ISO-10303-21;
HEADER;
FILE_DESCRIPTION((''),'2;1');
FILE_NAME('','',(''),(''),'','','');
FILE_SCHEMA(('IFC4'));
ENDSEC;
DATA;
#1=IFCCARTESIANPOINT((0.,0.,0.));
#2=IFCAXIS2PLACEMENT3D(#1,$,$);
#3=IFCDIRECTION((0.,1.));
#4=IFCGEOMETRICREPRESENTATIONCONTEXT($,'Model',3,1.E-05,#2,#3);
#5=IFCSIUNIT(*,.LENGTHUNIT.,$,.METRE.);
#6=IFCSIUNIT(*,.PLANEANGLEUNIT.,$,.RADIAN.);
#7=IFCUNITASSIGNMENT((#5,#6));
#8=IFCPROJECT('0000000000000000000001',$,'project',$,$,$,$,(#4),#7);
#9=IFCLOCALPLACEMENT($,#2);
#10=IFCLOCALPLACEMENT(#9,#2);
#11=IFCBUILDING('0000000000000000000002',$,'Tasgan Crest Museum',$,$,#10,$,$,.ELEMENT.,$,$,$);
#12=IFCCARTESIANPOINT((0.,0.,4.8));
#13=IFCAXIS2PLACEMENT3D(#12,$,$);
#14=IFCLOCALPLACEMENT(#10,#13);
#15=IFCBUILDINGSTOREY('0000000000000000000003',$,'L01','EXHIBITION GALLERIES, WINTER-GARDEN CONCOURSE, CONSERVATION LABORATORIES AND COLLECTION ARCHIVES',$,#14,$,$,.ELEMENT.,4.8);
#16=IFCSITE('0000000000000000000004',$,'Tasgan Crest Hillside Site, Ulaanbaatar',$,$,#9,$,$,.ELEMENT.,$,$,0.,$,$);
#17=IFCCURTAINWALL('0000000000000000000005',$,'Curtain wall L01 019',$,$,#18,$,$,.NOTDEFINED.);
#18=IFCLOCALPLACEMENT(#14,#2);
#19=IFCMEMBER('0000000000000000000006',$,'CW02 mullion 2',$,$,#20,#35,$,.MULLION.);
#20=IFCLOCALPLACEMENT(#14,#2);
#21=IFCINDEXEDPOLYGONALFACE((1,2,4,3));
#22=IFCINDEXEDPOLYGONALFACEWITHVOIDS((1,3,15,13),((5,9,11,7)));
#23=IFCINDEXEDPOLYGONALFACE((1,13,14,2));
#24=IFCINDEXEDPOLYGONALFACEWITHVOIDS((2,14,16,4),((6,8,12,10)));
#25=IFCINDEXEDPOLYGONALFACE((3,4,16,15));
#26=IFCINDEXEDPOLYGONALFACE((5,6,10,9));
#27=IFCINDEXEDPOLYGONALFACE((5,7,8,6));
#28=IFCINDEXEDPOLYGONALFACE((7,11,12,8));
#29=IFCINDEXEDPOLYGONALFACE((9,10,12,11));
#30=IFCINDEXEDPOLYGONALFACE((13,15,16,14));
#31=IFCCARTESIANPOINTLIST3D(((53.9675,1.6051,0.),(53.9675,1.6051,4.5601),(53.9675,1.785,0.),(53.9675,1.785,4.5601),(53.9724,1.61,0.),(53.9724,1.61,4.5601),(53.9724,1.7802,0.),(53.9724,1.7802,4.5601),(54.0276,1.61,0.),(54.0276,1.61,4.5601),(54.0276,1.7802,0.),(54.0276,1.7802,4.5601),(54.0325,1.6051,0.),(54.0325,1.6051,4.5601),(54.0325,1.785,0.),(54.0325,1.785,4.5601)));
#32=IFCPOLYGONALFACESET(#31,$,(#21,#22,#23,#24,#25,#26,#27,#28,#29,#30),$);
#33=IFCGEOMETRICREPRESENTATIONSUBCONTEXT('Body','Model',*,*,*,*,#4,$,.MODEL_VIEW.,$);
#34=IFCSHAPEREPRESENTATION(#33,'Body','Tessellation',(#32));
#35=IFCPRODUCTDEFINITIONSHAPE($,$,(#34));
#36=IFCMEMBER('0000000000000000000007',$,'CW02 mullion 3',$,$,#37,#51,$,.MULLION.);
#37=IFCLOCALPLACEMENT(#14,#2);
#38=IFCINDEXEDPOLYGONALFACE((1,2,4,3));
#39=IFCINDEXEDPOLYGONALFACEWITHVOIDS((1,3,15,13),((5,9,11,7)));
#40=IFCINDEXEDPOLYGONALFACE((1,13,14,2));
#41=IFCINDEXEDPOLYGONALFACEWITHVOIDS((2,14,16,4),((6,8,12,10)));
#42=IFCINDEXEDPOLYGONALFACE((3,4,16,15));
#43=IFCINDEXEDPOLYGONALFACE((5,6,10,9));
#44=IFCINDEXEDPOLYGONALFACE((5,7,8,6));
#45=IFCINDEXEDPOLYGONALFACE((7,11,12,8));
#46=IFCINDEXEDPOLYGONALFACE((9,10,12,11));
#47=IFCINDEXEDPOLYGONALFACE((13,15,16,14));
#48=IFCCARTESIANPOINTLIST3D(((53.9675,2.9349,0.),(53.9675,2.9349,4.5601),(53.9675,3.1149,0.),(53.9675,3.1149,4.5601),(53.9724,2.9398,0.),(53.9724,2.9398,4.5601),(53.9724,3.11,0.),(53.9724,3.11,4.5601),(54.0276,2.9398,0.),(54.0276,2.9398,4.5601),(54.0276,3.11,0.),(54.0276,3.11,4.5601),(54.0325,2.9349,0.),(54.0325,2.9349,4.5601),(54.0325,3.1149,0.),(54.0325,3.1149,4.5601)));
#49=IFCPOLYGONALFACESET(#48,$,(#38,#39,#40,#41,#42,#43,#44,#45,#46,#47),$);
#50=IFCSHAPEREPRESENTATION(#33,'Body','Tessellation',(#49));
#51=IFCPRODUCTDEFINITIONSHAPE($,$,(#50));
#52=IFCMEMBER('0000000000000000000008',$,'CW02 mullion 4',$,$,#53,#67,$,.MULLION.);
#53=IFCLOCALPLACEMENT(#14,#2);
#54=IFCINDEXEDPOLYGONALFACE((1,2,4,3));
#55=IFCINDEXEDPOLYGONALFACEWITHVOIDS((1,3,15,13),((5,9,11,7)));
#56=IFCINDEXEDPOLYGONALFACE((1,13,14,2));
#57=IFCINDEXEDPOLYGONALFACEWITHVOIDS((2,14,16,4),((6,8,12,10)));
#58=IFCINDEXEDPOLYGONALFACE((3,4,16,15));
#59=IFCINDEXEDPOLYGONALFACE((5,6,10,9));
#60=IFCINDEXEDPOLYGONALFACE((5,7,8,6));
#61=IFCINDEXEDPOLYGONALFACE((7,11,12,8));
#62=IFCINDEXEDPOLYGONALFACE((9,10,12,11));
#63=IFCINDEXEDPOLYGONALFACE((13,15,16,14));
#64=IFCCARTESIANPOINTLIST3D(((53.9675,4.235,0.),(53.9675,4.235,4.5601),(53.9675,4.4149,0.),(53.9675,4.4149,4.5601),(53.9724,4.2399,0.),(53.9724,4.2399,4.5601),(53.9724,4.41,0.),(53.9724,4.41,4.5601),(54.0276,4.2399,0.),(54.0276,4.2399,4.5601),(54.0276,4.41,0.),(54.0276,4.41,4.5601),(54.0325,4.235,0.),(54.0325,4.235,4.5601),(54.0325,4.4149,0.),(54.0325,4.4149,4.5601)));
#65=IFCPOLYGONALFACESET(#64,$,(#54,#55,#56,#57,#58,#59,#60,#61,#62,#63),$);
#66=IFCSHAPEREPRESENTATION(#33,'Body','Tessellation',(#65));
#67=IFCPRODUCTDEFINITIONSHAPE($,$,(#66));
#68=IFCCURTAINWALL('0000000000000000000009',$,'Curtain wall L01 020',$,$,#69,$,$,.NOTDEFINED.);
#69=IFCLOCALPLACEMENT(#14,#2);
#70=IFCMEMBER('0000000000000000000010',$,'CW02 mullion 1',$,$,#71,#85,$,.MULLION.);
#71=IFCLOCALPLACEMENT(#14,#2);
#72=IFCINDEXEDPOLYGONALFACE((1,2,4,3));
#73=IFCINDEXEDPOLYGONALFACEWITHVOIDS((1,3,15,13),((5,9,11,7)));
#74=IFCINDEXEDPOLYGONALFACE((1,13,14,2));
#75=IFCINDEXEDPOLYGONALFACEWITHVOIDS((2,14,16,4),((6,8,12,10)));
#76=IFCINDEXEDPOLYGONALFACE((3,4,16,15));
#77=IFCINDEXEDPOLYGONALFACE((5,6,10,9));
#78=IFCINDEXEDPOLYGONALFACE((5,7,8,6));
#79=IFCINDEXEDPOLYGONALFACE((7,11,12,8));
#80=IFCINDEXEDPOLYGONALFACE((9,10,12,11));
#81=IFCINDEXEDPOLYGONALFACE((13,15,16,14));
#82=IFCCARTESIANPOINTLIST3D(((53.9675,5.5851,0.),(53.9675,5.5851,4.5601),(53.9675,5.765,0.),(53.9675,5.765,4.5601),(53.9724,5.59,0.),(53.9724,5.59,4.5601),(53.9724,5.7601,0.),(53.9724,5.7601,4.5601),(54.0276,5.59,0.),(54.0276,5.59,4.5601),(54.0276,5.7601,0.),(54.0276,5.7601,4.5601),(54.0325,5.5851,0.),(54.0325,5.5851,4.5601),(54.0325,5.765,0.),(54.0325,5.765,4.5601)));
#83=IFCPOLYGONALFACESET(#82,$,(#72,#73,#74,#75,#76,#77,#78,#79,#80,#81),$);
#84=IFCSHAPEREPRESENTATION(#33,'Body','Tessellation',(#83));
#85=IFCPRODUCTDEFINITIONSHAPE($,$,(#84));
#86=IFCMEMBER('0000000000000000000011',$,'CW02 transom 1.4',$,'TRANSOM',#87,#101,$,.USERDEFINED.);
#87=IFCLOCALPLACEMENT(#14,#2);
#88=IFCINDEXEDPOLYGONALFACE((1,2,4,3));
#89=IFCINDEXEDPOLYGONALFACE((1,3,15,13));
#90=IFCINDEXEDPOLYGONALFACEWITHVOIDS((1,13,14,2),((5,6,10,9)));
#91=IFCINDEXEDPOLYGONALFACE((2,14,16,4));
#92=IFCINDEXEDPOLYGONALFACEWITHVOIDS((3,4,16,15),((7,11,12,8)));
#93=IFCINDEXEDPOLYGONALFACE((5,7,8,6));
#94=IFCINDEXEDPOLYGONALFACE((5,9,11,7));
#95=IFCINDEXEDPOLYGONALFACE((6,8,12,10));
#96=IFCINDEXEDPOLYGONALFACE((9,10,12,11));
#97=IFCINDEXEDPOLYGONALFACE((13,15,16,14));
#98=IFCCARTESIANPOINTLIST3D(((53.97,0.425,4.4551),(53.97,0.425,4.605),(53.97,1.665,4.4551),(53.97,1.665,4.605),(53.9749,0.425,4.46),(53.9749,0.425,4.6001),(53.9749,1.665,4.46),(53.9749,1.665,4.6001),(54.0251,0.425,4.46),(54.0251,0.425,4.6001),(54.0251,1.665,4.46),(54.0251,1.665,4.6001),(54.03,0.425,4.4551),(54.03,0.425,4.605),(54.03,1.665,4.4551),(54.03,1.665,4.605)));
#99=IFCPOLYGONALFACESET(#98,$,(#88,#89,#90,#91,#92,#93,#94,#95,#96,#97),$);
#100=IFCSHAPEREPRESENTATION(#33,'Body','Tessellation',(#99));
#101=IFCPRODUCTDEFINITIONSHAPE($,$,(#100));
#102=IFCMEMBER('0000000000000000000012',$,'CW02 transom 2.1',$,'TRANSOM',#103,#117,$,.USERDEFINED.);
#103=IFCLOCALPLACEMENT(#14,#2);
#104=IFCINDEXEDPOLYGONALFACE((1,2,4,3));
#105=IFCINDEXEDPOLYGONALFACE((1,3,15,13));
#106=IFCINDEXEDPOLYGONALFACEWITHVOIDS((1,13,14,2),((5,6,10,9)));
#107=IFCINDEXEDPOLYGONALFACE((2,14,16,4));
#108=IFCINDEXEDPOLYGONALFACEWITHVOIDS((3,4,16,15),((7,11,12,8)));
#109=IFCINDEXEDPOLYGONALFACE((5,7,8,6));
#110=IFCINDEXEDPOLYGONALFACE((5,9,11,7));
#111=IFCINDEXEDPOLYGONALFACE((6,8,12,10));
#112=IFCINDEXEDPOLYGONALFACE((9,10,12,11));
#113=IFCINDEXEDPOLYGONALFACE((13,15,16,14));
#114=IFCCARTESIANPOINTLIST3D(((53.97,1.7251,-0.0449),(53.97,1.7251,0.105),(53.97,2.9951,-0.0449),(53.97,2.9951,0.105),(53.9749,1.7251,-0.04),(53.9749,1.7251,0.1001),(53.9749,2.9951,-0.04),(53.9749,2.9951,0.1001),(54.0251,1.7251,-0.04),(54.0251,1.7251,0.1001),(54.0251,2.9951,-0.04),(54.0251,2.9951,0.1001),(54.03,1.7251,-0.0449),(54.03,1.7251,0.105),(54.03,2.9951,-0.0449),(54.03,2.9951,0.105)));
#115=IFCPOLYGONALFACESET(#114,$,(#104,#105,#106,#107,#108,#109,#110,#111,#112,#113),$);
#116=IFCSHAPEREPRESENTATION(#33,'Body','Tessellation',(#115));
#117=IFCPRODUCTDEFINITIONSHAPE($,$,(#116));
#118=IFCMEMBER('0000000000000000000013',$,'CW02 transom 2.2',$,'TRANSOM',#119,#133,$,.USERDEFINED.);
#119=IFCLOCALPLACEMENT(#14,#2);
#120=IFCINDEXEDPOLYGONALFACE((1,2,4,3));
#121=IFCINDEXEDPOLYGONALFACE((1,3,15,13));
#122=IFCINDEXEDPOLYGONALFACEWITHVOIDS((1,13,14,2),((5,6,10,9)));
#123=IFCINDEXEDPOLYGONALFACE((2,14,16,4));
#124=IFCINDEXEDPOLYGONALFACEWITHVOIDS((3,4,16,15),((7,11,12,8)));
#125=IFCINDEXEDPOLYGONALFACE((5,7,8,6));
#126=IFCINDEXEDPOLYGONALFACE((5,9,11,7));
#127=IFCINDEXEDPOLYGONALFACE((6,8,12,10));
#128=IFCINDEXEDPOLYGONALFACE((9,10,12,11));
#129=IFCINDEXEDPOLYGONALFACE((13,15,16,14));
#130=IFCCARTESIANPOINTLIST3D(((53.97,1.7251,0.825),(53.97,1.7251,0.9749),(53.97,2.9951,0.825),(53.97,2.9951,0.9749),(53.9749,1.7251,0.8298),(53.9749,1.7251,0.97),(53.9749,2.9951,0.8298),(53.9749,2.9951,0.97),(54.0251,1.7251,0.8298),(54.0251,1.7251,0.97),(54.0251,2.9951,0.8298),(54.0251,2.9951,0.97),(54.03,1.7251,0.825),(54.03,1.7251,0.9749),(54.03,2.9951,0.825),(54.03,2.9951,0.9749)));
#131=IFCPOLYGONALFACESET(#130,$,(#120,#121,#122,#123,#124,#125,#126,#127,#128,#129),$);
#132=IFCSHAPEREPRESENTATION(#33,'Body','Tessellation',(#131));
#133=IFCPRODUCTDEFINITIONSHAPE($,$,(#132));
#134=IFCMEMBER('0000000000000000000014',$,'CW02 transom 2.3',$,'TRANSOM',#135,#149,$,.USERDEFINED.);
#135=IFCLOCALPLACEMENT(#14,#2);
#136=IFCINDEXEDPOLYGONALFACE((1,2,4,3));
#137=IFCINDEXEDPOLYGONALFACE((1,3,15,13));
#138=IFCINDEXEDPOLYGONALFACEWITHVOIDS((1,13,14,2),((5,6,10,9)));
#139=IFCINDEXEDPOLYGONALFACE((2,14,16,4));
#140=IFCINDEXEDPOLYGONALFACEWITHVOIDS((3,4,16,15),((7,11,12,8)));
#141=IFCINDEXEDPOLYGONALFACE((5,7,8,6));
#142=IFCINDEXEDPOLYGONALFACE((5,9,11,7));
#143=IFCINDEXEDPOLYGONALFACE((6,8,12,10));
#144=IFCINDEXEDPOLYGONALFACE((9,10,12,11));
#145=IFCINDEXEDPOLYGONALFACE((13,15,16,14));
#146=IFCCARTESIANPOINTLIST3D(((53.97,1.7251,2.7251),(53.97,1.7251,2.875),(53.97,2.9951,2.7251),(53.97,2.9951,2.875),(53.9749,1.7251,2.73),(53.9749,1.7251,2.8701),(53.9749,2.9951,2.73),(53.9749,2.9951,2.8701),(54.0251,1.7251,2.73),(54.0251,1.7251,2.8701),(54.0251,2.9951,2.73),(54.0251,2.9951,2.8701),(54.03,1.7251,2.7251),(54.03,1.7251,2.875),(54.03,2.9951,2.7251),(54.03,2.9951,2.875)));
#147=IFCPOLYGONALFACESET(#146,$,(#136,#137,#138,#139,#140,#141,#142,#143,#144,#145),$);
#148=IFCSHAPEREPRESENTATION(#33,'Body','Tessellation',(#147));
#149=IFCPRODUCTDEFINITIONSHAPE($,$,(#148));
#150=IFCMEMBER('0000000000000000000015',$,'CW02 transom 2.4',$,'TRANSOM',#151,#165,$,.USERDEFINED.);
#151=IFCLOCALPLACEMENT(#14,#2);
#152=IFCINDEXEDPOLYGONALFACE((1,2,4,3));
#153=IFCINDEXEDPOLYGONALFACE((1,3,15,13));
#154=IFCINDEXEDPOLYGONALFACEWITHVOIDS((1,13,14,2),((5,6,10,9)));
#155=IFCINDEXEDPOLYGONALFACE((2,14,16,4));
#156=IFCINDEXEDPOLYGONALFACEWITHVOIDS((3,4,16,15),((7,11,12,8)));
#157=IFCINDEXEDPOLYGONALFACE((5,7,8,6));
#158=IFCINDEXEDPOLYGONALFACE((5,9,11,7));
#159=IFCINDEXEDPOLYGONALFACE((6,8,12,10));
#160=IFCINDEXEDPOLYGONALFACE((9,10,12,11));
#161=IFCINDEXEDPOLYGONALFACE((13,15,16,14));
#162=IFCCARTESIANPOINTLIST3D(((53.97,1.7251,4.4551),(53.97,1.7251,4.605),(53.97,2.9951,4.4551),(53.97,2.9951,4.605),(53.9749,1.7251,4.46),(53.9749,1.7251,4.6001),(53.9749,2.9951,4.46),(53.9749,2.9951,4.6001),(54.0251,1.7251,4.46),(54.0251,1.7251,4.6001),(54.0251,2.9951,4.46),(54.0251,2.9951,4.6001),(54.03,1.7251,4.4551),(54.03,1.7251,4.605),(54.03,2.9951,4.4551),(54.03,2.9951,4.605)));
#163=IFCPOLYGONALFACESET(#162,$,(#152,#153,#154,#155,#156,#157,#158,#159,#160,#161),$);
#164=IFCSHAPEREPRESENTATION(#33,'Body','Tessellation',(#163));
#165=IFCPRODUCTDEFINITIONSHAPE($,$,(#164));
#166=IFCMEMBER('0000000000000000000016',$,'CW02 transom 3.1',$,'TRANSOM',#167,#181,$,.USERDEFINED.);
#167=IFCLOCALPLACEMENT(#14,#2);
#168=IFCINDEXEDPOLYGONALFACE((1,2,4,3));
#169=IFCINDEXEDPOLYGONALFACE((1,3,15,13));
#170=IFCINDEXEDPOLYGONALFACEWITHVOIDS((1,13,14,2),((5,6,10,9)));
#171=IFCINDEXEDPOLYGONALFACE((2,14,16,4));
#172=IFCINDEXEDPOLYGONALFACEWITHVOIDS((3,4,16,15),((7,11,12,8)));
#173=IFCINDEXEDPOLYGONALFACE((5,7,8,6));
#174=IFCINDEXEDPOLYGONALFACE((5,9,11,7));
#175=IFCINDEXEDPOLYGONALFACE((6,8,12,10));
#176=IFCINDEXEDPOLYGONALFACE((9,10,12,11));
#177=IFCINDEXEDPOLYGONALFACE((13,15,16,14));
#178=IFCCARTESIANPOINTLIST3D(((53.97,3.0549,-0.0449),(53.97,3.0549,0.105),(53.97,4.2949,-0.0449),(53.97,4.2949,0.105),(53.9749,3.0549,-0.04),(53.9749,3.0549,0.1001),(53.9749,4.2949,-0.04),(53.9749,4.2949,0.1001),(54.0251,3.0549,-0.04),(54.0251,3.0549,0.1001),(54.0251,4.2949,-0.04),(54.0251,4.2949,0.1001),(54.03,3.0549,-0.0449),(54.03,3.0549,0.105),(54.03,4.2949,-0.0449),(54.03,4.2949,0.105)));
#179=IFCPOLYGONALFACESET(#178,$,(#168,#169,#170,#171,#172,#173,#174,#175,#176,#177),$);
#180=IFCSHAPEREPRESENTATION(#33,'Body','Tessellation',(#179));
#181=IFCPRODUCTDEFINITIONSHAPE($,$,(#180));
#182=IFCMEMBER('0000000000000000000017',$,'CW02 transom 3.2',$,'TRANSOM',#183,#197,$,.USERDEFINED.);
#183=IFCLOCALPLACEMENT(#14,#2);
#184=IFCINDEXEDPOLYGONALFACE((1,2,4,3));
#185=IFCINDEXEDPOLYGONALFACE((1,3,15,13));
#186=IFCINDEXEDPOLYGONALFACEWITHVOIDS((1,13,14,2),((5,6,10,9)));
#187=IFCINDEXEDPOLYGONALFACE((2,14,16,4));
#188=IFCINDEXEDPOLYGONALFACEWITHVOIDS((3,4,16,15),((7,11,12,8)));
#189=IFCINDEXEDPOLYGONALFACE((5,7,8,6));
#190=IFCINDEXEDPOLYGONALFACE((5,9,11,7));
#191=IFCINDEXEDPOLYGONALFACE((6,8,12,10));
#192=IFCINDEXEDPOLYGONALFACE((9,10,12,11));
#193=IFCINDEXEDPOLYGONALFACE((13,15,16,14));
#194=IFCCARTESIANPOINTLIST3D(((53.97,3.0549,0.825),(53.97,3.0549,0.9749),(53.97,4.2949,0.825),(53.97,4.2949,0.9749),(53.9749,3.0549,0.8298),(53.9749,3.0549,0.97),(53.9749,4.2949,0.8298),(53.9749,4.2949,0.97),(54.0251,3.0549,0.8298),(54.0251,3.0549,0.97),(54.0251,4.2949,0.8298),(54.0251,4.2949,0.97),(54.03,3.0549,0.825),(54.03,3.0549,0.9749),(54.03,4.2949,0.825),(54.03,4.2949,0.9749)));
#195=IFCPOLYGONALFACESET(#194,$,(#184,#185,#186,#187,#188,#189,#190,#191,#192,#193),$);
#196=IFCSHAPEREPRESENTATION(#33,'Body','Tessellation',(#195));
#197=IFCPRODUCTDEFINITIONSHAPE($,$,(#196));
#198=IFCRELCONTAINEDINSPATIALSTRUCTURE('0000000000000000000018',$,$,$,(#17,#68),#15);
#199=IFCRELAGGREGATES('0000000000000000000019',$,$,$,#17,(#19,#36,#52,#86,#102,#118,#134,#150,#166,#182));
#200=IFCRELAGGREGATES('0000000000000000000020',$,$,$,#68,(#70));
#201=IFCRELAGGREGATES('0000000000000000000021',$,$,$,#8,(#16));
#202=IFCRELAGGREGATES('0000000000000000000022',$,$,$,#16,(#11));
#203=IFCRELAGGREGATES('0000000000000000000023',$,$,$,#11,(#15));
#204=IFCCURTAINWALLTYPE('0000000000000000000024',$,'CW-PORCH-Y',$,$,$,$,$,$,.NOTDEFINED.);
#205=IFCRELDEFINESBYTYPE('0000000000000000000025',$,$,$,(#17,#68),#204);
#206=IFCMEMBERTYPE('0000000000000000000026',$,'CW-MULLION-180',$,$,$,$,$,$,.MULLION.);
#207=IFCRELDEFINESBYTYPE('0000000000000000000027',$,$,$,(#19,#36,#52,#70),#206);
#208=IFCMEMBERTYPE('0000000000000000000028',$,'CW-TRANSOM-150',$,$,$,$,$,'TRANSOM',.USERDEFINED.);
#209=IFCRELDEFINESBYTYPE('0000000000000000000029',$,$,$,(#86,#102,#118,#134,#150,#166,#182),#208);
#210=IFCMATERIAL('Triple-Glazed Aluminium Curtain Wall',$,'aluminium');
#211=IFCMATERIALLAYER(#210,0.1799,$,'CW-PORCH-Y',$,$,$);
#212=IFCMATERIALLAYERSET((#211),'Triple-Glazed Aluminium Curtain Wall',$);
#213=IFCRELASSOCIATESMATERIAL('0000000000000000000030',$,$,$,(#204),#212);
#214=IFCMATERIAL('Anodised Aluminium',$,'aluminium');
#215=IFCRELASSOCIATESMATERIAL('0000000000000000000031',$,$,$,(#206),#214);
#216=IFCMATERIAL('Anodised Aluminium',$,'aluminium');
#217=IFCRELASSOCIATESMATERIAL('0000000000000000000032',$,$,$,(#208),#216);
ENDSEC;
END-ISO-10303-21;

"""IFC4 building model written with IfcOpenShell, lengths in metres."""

from ifc_helpers import new_model, si_unit, direction, frame, origin, origin_2d, place, context, subcontext, project, spatial, hollow_rectangle, extrude, material, layer, layer_set, material_profile, profile_set, type_object, element, aggregate, save


model = new_model("IFC4")

# Units and contexts
model_context = context("Model", 3, precision=1e-05, world=origin(), true_north=direction((0.0, 1.0)))
body_context = subcontext(model_context, "Body", "Model", "MODEL_VIEW")
ifc_project = project(units=[si_unit("LENGTHUNIT", "METRE"), si_unit("PLANEANGLEUNIT", "RADIAN")], contexts=[model_context])

# Site, building, storey
site_placement = place(None, origin())
site = spatial("IfcSite", under=ifc_project, at=site_placement, Name="Tasgan Crest Hillside Site, Ulaanbaatar", CompositionType="ELEMENT", RefElevation=0.0)
building_placement = place(site_placement, origin())
building = spatial("IfcBuilding", under=site, at=building_placement, Name="Tasgan Crest Museum", CompositionType="ELEMENT")
storey_placement = place(building_placement, frame((0.0, 0.0, 4.8)))
storey = spatial("IfcBuildingStorey", under=building, at=storey_placement, Name="L01", Description="EXHIBITION GALLERIES, WINTER-GARDEN CONCOURSE, CONSERVATION LABORATORIES AND COLLECTION ARCHIVES", CompositionType="ELEMENT", Elevation=4.8)

# Curtain wall, members
ifc_material_1 = material(Name="Triple-Glazed Aluminium Curtain Wall", Category="aluminium")
ifc_layer_1 = layer(ifc_material_1, 0.1799, Name="CW-PORCH-Y")
ifc_layer_set_1 = layer_set([ifc_layer_1], Name="Triple-Glazed Aluminium Curtain Wall")
curtain_wall_type = type_object("IfcCurtainWallType", Name="CW-PORCH-Y", PredefinedType="NOTDEFINED", material=ifc_layer_set_1)
curtain_wall_1_placement = place(storey_placement, origin())
curtain_wall_1 = element("IfcCurtainWall", 1, at=curtain_wall_1_placement, inside=storey, type_object=curtain_wall_type, Name="Curtain wall L01 019", PredefinedType="NOTDEFINED")
ifc_material_2 = material(Name="Anodised Aluminium", Category="aluminium")
ifc_material_profile_1 = material_profile(ifc_material_2, hollow_rectangle(XDim=0.0649, YDim=0.1799, WallThickness=0.0049, at=origin_2d()), Name="ALU MULLION 180x65x5")
ifc_profile_set_1 = profile_set([ifc_material_profile_1], Name="Anodised Aluminium")
member_type_1 = type_object("IfcMemberType", Name="CW-MULLION-180", PredefinedType="MULLION", material=ifc_profile_set_1)
member_1_placement = place(storey_placement, frame((54.0, 1.6951, 0.0), z_axis=(0.0, 0.0, 1.0), x_axis=(-1.0, 0.0, 0.0)))
member_1 = element("IfcMember", 2, at=member_1_placement, type_object=member_type_1, Name="CW02 mullion 2", PredefinedType="MULLION", context=body_context, shape_type="SweptSolid", body=[
    extrude(hollow_rectangle(XDim=0.0649, YDim=0.1799, WallThickness=0.0049, at=origin_2d()), origin(), (0.0, 0.0, 1.0), 4.5601),
])
member_2_placement = place(storey_placement, frame((54.0, 3.0249, 0.0), z_axis=(0.0, 0.0, 1.0), x_axis=(-1.0, 0.0, 0.0)))
member_2 = element("IfcMember", 3, at=member_2_placement, type_object=member_type_1, Name="CW02 mullion 3", PredefinedType="MULLION", context=body_context, shape_type="SweptSolid", body=[
    extrude(hollow_rectangle(XDim=0.0649, YDim=0.1799, WallThickness=0.0049, at=origin_2d()), origin(), (0.0, 0.0, 1.0), 4.5601),
])
member_3_placement = place(storey_placement, frame((54.0, 4.325, 0.0), z_axis=(0.0, 0.0, 1.0), x_axis=(-1.0, 0.0, 0.0)))
member_3 = element("IfcMember", 4, at=member_3_placement, type_object=member_type_1, Name="CW02 mullion 4", PredefinedType="MULLION", context=body_context, shape_type="SweptSolid", body=[
    extrude(hollow_rectangle(XDim=0.0649, YDim=0.1799, WallThickness=0.0049, at=origin_2d()), origin(), (0.0, 0.0, 1.0), 4.5601),
])

# Curtain wall, member
curtain_wall_2_placement = place(storey_placement, origin())
curtain_wall_2 = element("IfcCurtainWall", 5, at=curtain_wall_2_placement, inside=storey, type_object=curtain_wall_type, Name="Curtain wall L01 020", PredefinedType="NOTDEFINED")
member_4_placement = place(storey_placement, frame((54.0, 5.675, 0.0), z_axis=(0.0, 0.0, 1.0), x_axis=(-1.0, 0.0, 0.0)))
member_4 = element("IfcMember", 6, at=member_4_placement, type_object=member_type_1, Name="CW02 mullion 1", PredefinedType="MULLION", context=body_context, shape_type="SweptSolid", body=[
    extrude(hollow_rectangle(XDim=0.0649, YDim=0.1799, WallThickness=0.0049, at=origin_2d()), origin(), (0.0, 0.0, 1.0), 4.5601),
])

# Members
ifc_material_3 = material(Name="Anodised Aluminium", Category="aluminium")
ifc_material_profile_2 = material_profile(ifc_material_3, hollow_rectangle(XDim=0.0601, YDim=0.1499, WallThickness=0.0049, at=origin_2d()), Name="ALU TRANSOM 150x60x5")
ifc_profile_set_2 = profile_set([ifc_material_profile_2], Name="Anodised Aluminium")
member_type_2 = type_object("IfcMemberType", Name="CW-TRANSOM-150", ElementType="TRANSOM", PredefinedType="USERDEFINED", material=ifc_profile_set_2)
member_5_placement = place(storey_placement, frame((54.0, 0.425, 4.53), z_axis=(0.0, 1.0, 0.0), x_axis=(-1.0, 0.0, 0.0)))
member_5 = element("IfcMember", 7, at=member_5_placement, type_object=member_type_2, Name="CW02 transom 1.4", ObjectType="TRANSOM", PredefinedType="USERDEFINED", context=body_context, shape_type="SweptSolid", body=[
    extrude(hollow_rectangle(XDim=0.0601, YDim=0.1499, WallThickness=0.0049, at=origin_2d()), origin(), (0.0, 0.0, 1.0), 1.24),
])
member_6_placement = place(storey_placement, frame((54.0, 1.7251, 0.03), z_axis=(0.0, 1.0, 0.0), x_axis=(-1.0, 0.0, 0.0)))
member_6 = element("IfcMember", 8, at=member_6_placement, type_object=member_type_2, Name="CW02 transom 2.1", ObjectType="TRANSOM", PredefinedType="USERDEFINED", context=body_context, shape_type="SweptSolid", body=[
    extrude(hollow_rectangle(XDim=0.0601, YDim=0.1499, WallThickness=0.0049, at=origin_2d()), origin(), (0.0, 0.0, 1.0), 1.27),
])
member_7_placement = place(storey_placement, frame((54.0, 1.7251, 0.8999), z_axis=(0.0, 1.0, 0.0), x_axis=(-1.0, 0.0, 0.0)))
member_7 = element("IfcMember", 9, at=member_7_placement, type_object=member_type_2, Name="CW02 transom 2.2", ObjectType="TRANSOM", PredefinedType="USERDEFINED", context=body_context, shape_type="SweptSolid", body=[
    extrude(hollow_rectangle(XDim=0.0601, YDim=0.1499, WallThickness=0.0049, at=origin_2d()), origin(), (0.0, 0.0, 1.0), 1.27),
])
member_8_placement = place(storey_placement, frame((54.0, 1.7251, 2.8), z_axis=(0.0, 1.0, 0.0), x_axis=(-1.0, 0.0, 0.0)))
member_8 = element("IfcMember", 10, at=member_8_placement, type_object=member_type_2, Name="CW02 transom 2.3", ObjectType="TRANSOM", PredefinedType="USERDEFINED", context=body_context, shape_type="SweptSolid", body=[
    extrude(hollow_rectangle(XDim=0.0601, YDim=0.1499, WallThickness=0.0049, at=origin_2d()), origin(), (0.0, 0.0, 1.0), 1.27),
])
member_9_placement = place(storey_placement, frame((54.0, 1.7251, 4.53), z_axis=(0.0, 1.0, 0.0), x_axis=(-1.0, 0.0, 0.0)))
member_9 = element("IfcMember", 11, at=member_9_placement, type_object=member_type_2, Name="CW02 transom 2.4", ObjectType="TRANSOM", PredefinedType="USERDEFINED", context=body_context, shape_type="SweptSolid", body=[
    extrude(hollow_rectangle(XDim=0.0601, YDim=0.1499, WallThickness=0.0049, at=origin_2d()), origin(), (0.0, 0.0, 1.0), 1.27),
])
member_10_placement = place(storey_placement, frame((54.0, 3.0549, 0.03), z_axis=(0.0, 1.0, 0.0), x_axis=(-1.0, 0.0, 0.0)))
member_10 = element("IfcMember", 12, at=member_10_placement, type_object=member_type_2, Name="CW02 transom 3.1", ObjectType="TRANSOM", PredefinedType="USERDEFINED", context=body_context, shape_type="SweptSolid", body=[
    extrude(hollow_rectangle(XDim=0.0601, YDim=0.1499, WallThickness=0.0049, at=origin_2d()), origin(), (0.0, 0.0, 1.0), 1.24),
])
member_11_placement = place(storey_placement, frame((54.0, 3.0549, 0.8999), z_axis=(0.0, 1.0, 0.0), x_axis=(-1.0, 0.0, 0.0)))
member_11 = element("IfcMember", 13, at=member_11_placement, type_object=member_type_2, Name="CW02 transom 3.2", ObjectType="TRANSOM", PredefinedType="USERDEFINED", context=body_context, shape_type="SweptSolid", body=[
    extrude(hollow_rectangle(XDim=0.0601, YDim=0.1499, WallThickness=0.0049, at=origin_2d()), origin(), (0.0, 0.0, 1.0), 1.24),
])

aggregate(curtain_wall_1, [member_1, member_2, member_3, member_5, member_6, member_7, member_8, member_9, member_10, member_11])
aggregate(curtain_wall_2, [member_4])

save(model, "model.ifc")
